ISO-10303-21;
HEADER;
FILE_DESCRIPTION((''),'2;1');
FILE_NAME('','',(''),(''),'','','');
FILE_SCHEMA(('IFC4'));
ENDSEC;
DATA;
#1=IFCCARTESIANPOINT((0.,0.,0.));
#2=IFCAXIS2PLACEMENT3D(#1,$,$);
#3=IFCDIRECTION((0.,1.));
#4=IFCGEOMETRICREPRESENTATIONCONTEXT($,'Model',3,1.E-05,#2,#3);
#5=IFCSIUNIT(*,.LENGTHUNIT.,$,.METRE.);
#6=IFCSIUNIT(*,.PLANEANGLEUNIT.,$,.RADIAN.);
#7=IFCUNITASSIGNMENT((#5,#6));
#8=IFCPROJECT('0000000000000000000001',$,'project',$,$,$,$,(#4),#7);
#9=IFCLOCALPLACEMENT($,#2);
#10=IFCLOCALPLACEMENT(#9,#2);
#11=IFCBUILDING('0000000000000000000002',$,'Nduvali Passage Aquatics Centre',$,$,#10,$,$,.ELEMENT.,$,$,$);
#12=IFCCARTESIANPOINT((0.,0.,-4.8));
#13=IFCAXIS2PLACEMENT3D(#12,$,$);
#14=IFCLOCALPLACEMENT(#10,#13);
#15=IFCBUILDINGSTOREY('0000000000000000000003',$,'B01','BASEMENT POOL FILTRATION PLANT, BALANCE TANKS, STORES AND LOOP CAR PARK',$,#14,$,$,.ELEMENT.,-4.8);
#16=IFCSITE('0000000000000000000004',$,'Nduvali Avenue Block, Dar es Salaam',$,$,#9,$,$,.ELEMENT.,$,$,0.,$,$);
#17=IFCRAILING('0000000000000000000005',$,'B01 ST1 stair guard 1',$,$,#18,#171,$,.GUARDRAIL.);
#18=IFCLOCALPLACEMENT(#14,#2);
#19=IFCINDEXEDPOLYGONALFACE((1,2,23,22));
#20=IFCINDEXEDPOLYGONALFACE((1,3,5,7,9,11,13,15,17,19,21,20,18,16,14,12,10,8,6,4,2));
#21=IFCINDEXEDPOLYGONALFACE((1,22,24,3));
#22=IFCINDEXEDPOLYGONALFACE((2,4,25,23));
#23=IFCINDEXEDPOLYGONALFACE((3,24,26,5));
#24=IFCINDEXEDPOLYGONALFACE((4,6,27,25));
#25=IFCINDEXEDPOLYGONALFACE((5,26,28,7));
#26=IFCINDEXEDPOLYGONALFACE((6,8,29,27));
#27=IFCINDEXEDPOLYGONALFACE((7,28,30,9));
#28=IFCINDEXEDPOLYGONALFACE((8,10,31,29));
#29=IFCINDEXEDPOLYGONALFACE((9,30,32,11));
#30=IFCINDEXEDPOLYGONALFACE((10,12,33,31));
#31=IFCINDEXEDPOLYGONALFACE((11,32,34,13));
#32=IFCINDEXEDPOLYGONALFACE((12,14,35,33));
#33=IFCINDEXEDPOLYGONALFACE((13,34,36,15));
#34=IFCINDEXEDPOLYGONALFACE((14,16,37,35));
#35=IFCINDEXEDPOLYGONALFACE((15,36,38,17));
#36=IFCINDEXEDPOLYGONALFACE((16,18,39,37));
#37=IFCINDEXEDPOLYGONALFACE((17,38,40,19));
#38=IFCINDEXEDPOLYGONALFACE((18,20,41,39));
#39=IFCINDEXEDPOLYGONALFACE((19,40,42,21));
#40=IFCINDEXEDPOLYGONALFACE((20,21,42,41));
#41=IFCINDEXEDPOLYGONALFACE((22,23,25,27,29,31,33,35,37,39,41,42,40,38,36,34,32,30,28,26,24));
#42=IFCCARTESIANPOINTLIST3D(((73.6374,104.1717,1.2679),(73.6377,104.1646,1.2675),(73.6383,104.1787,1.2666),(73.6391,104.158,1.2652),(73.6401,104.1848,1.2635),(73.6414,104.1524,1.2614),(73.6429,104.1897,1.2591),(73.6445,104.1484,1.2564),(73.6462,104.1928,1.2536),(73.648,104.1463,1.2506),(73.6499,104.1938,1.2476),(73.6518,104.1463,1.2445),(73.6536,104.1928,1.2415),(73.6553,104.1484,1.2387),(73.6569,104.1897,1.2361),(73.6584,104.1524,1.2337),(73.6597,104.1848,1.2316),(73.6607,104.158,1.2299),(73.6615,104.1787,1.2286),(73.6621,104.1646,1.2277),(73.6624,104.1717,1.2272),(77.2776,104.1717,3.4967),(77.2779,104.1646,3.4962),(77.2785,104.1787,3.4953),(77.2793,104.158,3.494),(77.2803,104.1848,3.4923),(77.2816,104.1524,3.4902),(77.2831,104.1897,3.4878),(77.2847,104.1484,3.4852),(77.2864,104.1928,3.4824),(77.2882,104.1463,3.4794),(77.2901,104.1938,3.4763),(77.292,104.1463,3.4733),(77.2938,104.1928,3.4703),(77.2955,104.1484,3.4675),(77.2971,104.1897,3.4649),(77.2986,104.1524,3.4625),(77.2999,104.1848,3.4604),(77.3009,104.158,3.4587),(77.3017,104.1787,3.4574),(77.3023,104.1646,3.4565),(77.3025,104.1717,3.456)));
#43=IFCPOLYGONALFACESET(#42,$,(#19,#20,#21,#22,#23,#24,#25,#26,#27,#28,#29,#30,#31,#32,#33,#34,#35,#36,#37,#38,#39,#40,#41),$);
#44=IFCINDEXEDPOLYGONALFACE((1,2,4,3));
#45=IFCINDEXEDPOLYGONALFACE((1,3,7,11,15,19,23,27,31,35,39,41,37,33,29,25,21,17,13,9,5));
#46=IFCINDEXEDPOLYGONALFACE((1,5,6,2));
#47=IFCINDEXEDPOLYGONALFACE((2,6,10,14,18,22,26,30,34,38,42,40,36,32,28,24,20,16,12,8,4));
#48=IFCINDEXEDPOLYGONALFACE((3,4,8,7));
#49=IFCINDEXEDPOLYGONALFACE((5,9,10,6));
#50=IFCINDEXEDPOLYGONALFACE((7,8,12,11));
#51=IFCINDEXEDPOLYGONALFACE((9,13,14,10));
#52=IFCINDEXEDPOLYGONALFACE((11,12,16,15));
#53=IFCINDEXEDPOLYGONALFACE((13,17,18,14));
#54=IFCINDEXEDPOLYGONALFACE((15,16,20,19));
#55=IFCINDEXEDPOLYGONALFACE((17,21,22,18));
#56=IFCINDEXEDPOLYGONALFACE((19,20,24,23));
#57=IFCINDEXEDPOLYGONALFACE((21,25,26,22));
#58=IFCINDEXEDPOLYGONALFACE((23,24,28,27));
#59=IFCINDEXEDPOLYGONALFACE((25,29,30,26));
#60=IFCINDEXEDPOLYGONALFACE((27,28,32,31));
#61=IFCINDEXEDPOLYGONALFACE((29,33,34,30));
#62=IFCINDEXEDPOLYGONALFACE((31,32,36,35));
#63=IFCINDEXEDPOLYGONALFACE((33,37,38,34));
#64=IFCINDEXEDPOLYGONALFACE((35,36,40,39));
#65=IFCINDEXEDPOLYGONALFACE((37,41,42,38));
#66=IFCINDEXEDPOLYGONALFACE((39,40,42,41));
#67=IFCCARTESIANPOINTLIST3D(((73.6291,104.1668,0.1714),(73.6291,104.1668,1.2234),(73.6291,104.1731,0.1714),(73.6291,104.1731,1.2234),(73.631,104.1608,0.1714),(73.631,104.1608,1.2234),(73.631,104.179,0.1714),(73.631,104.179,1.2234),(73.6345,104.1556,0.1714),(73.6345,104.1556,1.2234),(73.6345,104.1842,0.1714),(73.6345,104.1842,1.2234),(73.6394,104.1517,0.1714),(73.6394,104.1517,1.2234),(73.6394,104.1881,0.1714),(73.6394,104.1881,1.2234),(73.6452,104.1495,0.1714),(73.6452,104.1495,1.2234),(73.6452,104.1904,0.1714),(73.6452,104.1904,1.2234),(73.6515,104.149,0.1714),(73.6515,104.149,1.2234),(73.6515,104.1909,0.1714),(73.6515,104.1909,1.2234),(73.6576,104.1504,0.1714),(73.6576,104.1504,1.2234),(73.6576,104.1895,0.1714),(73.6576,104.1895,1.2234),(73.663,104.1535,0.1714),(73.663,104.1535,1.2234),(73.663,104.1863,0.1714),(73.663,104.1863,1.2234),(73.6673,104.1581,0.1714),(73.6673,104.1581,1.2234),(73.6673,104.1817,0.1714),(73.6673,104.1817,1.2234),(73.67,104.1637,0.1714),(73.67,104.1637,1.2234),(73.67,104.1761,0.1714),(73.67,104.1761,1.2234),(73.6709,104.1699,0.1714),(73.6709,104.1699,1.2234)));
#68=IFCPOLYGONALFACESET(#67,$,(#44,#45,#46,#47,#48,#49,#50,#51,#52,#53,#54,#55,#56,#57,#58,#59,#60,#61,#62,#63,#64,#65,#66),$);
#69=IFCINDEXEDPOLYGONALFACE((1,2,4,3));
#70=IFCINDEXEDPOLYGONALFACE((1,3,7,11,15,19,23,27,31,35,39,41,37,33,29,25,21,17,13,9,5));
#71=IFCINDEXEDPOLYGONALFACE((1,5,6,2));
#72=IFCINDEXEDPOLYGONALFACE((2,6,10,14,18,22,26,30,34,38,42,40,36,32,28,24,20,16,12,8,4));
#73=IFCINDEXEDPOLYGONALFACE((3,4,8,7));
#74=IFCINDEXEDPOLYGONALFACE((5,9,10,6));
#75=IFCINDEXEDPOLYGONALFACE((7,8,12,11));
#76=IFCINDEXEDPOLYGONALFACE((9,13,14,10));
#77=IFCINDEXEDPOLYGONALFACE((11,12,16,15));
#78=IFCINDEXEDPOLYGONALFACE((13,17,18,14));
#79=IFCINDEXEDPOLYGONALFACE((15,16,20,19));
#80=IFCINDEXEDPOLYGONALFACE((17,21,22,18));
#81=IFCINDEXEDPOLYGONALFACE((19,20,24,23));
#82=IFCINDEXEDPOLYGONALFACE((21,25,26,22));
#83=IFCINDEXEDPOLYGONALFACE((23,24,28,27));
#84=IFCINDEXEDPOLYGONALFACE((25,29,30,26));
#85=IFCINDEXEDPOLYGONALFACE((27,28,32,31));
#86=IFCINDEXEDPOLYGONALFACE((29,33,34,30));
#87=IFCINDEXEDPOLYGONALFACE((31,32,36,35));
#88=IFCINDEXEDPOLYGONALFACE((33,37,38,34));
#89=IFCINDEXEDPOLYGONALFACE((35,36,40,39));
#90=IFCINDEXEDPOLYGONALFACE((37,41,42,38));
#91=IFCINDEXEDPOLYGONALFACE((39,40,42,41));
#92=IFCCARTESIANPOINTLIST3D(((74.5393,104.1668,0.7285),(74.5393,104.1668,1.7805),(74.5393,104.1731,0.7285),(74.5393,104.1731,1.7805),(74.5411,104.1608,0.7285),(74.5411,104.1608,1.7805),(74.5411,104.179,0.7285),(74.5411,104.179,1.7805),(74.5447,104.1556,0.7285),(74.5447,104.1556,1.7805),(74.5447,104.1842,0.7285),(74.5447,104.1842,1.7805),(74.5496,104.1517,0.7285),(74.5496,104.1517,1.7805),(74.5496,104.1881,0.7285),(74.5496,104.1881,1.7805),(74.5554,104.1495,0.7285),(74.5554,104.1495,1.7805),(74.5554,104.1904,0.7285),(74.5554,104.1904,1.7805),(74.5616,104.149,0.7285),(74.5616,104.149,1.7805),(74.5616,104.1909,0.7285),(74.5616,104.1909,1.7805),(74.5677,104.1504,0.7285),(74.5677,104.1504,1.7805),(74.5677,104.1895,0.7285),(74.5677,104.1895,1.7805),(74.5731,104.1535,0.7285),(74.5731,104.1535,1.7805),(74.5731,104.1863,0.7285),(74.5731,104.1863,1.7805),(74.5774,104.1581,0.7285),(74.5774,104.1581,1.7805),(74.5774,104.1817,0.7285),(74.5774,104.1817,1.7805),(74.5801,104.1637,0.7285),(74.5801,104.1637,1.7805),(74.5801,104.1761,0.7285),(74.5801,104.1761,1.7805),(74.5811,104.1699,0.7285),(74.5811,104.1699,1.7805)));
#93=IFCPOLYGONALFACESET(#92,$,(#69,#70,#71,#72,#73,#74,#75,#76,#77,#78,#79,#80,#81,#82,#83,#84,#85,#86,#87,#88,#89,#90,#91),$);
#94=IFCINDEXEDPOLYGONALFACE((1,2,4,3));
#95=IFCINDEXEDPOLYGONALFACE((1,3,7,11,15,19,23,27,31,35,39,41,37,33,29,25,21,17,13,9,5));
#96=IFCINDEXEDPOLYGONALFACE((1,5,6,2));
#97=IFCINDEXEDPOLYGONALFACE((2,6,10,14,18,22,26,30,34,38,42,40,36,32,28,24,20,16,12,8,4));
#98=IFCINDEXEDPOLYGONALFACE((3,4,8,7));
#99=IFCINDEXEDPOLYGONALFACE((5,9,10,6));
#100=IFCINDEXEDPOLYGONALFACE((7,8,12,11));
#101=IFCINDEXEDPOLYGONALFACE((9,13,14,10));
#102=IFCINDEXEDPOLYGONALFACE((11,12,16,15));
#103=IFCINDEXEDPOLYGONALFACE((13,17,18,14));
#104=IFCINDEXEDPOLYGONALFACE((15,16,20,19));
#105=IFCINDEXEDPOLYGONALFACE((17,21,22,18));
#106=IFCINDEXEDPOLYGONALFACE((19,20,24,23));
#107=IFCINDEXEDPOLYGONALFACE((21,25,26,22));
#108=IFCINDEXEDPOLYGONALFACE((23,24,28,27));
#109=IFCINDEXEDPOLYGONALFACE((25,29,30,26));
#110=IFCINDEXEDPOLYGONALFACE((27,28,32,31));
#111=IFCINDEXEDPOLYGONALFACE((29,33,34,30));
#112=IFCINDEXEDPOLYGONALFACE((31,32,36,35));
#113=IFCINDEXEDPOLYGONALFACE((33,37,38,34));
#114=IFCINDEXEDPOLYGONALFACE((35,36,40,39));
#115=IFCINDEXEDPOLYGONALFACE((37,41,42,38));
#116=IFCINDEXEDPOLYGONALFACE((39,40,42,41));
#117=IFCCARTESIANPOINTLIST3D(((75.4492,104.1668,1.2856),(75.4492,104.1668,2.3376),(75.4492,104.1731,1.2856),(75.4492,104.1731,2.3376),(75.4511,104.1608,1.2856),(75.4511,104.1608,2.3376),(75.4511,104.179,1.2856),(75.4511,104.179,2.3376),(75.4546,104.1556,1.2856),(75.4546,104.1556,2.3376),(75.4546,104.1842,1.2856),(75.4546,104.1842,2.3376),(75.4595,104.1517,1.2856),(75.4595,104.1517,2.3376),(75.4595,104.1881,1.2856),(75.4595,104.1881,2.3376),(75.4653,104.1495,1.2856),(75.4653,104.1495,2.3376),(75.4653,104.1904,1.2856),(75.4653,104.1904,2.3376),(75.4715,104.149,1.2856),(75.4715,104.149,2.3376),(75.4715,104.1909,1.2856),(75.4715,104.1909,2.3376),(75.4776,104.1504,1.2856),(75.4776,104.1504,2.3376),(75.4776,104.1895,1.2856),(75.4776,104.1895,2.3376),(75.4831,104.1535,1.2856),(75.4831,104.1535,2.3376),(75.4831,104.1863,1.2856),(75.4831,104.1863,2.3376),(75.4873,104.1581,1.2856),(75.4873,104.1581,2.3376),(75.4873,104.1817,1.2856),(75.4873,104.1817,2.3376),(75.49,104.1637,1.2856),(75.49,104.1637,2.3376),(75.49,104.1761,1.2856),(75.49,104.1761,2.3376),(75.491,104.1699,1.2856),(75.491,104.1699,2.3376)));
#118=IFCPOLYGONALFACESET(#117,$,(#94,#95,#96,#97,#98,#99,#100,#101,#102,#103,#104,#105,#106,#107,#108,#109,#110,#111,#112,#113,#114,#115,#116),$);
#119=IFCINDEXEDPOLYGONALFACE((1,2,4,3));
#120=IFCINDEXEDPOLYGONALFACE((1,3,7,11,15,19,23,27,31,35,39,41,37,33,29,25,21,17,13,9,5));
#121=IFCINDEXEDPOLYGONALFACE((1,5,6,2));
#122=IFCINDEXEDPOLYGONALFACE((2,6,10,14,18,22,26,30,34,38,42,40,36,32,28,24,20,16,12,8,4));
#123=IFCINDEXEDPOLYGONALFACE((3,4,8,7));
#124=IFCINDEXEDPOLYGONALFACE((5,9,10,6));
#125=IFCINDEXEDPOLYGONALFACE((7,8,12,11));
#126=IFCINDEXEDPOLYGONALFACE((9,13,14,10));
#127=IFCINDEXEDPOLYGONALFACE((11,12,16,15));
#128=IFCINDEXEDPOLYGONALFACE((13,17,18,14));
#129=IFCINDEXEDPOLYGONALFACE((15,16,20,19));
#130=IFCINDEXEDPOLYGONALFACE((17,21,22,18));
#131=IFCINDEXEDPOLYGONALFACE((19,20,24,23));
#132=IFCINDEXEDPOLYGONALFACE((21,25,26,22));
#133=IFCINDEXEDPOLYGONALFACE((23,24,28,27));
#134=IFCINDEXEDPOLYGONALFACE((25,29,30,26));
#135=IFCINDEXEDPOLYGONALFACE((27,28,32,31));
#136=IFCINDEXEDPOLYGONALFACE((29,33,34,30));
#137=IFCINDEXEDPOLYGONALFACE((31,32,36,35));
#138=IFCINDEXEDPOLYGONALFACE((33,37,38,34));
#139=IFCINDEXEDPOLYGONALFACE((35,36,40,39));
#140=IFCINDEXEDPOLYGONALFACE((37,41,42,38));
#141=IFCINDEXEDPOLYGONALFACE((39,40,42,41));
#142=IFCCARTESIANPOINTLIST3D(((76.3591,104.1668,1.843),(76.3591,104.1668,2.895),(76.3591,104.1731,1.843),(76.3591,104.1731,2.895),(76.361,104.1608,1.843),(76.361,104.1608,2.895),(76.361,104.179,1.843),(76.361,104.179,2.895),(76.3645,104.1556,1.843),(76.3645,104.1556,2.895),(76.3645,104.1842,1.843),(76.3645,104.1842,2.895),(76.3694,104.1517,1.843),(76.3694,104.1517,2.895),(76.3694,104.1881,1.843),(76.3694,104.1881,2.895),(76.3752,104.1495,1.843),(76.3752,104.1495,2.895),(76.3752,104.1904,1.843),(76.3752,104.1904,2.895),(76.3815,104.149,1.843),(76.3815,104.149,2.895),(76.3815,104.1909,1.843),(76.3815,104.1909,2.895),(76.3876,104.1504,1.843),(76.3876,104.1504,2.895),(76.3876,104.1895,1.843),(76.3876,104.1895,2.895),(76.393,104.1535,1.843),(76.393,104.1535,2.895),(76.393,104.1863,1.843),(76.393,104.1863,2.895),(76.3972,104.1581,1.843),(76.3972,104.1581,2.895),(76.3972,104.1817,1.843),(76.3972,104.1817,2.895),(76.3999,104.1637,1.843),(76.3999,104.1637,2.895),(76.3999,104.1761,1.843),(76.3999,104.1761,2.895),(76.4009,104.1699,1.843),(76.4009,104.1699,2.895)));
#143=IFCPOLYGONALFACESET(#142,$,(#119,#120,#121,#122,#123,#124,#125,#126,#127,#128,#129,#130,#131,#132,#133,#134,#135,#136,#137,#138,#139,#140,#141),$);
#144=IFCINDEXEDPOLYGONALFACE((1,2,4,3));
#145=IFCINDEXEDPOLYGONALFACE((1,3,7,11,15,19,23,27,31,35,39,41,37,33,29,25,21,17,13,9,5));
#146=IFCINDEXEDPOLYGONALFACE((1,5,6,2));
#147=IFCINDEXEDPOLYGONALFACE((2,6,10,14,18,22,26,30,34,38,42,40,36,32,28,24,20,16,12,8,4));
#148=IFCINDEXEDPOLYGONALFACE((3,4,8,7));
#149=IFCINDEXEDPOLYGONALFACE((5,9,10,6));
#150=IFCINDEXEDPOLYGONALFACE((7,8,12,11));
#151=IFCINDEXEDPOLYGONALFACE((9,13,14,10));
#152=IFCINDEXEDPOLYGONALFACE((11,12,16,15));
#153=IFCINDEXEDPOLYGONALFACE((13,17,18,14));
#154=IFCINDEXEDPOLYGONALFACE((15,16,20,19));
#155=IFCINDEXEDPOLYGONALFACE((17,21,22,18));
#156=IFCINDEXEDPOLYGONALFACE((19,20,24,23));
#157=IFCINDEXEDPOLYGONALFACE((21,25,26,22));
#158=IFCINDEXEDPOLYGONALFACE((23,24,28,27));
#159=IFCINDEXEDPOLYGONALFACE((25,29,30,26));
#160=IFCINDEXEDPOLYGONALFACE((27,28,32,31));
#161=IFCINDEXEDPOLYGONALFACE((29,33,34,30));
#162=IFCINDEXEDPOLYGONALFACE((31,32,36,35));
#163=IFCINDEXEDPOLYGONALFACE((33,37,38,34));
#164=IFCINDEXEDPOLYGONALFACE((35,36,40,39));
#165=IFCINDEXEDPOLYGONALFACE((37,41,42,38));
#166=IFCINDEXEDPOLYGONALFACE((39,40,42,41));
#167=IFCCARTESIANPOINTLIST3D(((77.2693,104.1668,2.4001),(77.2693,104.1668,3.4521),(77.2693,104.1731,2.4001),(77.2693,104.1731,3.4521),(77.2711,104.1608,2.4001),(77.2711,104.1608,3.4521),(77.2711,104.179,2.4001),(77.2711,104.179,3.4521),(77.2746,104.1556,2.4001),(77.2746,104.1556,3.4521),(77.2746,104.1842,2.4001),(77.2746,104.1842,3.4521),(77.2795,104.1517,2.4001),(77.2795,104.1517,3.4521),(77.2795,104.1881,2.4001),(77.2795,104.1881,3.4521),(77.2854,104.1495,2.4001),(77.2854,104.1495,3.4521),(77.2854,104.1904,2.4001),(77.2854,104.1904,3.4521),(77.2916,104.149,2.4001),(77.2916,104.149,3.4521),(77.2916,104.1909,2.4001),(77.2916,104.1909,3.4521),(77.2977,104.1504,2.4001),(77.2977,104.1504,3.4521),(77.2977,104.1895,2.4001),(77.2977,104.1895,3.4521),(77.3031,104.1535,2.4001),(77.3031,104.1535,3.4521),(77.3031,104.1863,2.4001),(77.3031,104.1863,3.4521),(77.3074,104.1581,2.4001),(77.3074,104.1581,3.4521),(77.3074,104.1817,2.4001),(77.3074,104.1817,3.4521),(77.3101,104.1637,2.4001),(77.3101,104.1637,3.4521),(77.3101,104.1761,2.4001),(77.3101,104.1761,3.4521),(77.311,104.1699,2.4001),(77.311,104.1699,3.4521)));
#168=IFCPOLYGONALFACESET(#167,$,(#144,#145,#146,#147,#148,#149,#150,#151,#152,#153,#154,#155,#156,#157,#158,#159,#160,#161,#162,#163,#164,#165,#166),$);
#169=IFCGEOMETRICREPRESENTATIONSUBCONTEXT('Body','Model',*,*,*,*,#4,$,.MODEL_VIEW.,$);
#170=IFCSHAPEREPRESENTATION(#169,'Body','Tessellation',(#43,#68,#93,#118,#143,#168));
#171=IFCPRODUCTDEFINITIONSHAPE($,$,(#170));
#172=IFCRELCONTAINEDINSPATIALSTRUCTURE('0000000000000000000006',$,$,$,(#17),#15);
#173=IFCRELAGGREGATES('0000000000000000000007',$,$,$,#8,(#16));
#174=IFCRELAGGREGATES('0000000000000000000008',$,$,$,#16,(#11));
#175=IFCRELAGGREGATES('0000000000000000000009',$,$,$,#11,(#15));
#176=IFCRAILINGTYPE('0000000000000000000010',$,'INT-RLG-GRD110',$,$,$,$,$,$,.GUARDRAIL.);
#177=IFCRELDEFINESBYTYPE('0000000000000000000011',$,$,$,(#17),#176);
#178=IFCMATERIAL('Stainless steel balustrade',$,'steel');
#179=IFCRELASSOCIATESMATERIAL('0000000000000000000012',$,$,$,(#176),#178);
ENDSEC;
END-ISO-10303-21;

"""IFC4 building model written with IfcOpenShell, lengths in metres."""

from ifc_helpers import new_model, si_unit, direction, frame, origin, origin_2d, place, context, subcontext, project, spatial, circle, extrude, material, type_object, element, save


model = new_model("IFC4")

# Units and contexts
model_context = context("Model", 3, precision=1e-05, world=origin(), true_north=direction((0.0, 1.0)))
body_context = subcontext(model_context, "Body", "Model", "MODEL_VIEW")
ifc_project = project(units=[si_unit("LENGTHUNIT", "METRE"), si_unit("PLANEANGLEUNIT", "RADIAN")], contexts=[model_context])

# Site, building, storey
site_placement = place(None, origin())
site = spatial("IfcSite", under=ifc_project, at=site_placement, Name="Nduvali Avenue Block, Dar es Salaam", CompositionType="ELEMENT", RefElevation=0.0)
building_placement = place(site_placement, origin())
building = spatial("IfcBuilding", under=site, at=building_placement, Name="Nduvali Passage Aquatics Centre", CompositionType="ELEMENT")
storey_placement = place(building_placement, frame((0.0, 0.0, -4.8)))
storey = spatial("IfcBuildingStorey", under=building, at=storey_placement, Name="B01", Description="BASEMENT POOL FILTRATION PLANT, BALANCE TANKS, STORES AND LOOP CAR PARK", CompositionType="ELEMENT", Elevation=-4.8)

# Railing
ifc_material_1 = material(Name="Stainless steel balustrade", Category="steel")
railing_type_1 = type_object("IfcRailingType", Name="INT-RLG-GRD110", PredefinedType="GUARDRAIL", material=ifc_material_1)
railing_1_placement = place(storey_placement, frame((73.6499, 104.1699, 0.1714)))
element("IfcRailing", 1, at=railing_1_placement, inside=storey, type_object=railing_type_1, Name="B01 ST1 stair guard 1", PredefinedType="GUARDRAIL", context=body_context, shape_type="SweptSolid", body=[
    extrude(circle(Radius=0.0239, at=origin_2d()), frame((0.0, 0.0, 1.0762), z_axis=(0.85284, 0.0, 0.522172), x_axis=(0.0, 1.0, 0.0)), (0.0, 0.0, 1.0), 4.2683),
    extrude(circle(Radius=0.021, at=origin_2d()), origin(), (0.0, 0.0, 1.0), 1.052),
    extrude(circle(Radius=0.021, at=origin_2d()), frame((0.9102, 0.0, 0.5571)), (0.0, 0.0, 1.0), 1.052),
    extrude(circle(Radius=0.021, at=origin_2d()), frame((1.8201, 0.0, 1.1143)), (0.0, 0.0, 1.0), 1.052),
    extrude(circle(Radius=0.021, at=origin_2d()), frame((2.73, 0.0, 1.6716)), (0.0, 0.0, 1.0), 1.052),
    extrude(circle(Radius=0.021, at=origin_2d()), frame((3.6401, 0.0, 2.2288)), (0.0, 0.0, 1.0), 1.052),
])

save(model, "model.ifc")
